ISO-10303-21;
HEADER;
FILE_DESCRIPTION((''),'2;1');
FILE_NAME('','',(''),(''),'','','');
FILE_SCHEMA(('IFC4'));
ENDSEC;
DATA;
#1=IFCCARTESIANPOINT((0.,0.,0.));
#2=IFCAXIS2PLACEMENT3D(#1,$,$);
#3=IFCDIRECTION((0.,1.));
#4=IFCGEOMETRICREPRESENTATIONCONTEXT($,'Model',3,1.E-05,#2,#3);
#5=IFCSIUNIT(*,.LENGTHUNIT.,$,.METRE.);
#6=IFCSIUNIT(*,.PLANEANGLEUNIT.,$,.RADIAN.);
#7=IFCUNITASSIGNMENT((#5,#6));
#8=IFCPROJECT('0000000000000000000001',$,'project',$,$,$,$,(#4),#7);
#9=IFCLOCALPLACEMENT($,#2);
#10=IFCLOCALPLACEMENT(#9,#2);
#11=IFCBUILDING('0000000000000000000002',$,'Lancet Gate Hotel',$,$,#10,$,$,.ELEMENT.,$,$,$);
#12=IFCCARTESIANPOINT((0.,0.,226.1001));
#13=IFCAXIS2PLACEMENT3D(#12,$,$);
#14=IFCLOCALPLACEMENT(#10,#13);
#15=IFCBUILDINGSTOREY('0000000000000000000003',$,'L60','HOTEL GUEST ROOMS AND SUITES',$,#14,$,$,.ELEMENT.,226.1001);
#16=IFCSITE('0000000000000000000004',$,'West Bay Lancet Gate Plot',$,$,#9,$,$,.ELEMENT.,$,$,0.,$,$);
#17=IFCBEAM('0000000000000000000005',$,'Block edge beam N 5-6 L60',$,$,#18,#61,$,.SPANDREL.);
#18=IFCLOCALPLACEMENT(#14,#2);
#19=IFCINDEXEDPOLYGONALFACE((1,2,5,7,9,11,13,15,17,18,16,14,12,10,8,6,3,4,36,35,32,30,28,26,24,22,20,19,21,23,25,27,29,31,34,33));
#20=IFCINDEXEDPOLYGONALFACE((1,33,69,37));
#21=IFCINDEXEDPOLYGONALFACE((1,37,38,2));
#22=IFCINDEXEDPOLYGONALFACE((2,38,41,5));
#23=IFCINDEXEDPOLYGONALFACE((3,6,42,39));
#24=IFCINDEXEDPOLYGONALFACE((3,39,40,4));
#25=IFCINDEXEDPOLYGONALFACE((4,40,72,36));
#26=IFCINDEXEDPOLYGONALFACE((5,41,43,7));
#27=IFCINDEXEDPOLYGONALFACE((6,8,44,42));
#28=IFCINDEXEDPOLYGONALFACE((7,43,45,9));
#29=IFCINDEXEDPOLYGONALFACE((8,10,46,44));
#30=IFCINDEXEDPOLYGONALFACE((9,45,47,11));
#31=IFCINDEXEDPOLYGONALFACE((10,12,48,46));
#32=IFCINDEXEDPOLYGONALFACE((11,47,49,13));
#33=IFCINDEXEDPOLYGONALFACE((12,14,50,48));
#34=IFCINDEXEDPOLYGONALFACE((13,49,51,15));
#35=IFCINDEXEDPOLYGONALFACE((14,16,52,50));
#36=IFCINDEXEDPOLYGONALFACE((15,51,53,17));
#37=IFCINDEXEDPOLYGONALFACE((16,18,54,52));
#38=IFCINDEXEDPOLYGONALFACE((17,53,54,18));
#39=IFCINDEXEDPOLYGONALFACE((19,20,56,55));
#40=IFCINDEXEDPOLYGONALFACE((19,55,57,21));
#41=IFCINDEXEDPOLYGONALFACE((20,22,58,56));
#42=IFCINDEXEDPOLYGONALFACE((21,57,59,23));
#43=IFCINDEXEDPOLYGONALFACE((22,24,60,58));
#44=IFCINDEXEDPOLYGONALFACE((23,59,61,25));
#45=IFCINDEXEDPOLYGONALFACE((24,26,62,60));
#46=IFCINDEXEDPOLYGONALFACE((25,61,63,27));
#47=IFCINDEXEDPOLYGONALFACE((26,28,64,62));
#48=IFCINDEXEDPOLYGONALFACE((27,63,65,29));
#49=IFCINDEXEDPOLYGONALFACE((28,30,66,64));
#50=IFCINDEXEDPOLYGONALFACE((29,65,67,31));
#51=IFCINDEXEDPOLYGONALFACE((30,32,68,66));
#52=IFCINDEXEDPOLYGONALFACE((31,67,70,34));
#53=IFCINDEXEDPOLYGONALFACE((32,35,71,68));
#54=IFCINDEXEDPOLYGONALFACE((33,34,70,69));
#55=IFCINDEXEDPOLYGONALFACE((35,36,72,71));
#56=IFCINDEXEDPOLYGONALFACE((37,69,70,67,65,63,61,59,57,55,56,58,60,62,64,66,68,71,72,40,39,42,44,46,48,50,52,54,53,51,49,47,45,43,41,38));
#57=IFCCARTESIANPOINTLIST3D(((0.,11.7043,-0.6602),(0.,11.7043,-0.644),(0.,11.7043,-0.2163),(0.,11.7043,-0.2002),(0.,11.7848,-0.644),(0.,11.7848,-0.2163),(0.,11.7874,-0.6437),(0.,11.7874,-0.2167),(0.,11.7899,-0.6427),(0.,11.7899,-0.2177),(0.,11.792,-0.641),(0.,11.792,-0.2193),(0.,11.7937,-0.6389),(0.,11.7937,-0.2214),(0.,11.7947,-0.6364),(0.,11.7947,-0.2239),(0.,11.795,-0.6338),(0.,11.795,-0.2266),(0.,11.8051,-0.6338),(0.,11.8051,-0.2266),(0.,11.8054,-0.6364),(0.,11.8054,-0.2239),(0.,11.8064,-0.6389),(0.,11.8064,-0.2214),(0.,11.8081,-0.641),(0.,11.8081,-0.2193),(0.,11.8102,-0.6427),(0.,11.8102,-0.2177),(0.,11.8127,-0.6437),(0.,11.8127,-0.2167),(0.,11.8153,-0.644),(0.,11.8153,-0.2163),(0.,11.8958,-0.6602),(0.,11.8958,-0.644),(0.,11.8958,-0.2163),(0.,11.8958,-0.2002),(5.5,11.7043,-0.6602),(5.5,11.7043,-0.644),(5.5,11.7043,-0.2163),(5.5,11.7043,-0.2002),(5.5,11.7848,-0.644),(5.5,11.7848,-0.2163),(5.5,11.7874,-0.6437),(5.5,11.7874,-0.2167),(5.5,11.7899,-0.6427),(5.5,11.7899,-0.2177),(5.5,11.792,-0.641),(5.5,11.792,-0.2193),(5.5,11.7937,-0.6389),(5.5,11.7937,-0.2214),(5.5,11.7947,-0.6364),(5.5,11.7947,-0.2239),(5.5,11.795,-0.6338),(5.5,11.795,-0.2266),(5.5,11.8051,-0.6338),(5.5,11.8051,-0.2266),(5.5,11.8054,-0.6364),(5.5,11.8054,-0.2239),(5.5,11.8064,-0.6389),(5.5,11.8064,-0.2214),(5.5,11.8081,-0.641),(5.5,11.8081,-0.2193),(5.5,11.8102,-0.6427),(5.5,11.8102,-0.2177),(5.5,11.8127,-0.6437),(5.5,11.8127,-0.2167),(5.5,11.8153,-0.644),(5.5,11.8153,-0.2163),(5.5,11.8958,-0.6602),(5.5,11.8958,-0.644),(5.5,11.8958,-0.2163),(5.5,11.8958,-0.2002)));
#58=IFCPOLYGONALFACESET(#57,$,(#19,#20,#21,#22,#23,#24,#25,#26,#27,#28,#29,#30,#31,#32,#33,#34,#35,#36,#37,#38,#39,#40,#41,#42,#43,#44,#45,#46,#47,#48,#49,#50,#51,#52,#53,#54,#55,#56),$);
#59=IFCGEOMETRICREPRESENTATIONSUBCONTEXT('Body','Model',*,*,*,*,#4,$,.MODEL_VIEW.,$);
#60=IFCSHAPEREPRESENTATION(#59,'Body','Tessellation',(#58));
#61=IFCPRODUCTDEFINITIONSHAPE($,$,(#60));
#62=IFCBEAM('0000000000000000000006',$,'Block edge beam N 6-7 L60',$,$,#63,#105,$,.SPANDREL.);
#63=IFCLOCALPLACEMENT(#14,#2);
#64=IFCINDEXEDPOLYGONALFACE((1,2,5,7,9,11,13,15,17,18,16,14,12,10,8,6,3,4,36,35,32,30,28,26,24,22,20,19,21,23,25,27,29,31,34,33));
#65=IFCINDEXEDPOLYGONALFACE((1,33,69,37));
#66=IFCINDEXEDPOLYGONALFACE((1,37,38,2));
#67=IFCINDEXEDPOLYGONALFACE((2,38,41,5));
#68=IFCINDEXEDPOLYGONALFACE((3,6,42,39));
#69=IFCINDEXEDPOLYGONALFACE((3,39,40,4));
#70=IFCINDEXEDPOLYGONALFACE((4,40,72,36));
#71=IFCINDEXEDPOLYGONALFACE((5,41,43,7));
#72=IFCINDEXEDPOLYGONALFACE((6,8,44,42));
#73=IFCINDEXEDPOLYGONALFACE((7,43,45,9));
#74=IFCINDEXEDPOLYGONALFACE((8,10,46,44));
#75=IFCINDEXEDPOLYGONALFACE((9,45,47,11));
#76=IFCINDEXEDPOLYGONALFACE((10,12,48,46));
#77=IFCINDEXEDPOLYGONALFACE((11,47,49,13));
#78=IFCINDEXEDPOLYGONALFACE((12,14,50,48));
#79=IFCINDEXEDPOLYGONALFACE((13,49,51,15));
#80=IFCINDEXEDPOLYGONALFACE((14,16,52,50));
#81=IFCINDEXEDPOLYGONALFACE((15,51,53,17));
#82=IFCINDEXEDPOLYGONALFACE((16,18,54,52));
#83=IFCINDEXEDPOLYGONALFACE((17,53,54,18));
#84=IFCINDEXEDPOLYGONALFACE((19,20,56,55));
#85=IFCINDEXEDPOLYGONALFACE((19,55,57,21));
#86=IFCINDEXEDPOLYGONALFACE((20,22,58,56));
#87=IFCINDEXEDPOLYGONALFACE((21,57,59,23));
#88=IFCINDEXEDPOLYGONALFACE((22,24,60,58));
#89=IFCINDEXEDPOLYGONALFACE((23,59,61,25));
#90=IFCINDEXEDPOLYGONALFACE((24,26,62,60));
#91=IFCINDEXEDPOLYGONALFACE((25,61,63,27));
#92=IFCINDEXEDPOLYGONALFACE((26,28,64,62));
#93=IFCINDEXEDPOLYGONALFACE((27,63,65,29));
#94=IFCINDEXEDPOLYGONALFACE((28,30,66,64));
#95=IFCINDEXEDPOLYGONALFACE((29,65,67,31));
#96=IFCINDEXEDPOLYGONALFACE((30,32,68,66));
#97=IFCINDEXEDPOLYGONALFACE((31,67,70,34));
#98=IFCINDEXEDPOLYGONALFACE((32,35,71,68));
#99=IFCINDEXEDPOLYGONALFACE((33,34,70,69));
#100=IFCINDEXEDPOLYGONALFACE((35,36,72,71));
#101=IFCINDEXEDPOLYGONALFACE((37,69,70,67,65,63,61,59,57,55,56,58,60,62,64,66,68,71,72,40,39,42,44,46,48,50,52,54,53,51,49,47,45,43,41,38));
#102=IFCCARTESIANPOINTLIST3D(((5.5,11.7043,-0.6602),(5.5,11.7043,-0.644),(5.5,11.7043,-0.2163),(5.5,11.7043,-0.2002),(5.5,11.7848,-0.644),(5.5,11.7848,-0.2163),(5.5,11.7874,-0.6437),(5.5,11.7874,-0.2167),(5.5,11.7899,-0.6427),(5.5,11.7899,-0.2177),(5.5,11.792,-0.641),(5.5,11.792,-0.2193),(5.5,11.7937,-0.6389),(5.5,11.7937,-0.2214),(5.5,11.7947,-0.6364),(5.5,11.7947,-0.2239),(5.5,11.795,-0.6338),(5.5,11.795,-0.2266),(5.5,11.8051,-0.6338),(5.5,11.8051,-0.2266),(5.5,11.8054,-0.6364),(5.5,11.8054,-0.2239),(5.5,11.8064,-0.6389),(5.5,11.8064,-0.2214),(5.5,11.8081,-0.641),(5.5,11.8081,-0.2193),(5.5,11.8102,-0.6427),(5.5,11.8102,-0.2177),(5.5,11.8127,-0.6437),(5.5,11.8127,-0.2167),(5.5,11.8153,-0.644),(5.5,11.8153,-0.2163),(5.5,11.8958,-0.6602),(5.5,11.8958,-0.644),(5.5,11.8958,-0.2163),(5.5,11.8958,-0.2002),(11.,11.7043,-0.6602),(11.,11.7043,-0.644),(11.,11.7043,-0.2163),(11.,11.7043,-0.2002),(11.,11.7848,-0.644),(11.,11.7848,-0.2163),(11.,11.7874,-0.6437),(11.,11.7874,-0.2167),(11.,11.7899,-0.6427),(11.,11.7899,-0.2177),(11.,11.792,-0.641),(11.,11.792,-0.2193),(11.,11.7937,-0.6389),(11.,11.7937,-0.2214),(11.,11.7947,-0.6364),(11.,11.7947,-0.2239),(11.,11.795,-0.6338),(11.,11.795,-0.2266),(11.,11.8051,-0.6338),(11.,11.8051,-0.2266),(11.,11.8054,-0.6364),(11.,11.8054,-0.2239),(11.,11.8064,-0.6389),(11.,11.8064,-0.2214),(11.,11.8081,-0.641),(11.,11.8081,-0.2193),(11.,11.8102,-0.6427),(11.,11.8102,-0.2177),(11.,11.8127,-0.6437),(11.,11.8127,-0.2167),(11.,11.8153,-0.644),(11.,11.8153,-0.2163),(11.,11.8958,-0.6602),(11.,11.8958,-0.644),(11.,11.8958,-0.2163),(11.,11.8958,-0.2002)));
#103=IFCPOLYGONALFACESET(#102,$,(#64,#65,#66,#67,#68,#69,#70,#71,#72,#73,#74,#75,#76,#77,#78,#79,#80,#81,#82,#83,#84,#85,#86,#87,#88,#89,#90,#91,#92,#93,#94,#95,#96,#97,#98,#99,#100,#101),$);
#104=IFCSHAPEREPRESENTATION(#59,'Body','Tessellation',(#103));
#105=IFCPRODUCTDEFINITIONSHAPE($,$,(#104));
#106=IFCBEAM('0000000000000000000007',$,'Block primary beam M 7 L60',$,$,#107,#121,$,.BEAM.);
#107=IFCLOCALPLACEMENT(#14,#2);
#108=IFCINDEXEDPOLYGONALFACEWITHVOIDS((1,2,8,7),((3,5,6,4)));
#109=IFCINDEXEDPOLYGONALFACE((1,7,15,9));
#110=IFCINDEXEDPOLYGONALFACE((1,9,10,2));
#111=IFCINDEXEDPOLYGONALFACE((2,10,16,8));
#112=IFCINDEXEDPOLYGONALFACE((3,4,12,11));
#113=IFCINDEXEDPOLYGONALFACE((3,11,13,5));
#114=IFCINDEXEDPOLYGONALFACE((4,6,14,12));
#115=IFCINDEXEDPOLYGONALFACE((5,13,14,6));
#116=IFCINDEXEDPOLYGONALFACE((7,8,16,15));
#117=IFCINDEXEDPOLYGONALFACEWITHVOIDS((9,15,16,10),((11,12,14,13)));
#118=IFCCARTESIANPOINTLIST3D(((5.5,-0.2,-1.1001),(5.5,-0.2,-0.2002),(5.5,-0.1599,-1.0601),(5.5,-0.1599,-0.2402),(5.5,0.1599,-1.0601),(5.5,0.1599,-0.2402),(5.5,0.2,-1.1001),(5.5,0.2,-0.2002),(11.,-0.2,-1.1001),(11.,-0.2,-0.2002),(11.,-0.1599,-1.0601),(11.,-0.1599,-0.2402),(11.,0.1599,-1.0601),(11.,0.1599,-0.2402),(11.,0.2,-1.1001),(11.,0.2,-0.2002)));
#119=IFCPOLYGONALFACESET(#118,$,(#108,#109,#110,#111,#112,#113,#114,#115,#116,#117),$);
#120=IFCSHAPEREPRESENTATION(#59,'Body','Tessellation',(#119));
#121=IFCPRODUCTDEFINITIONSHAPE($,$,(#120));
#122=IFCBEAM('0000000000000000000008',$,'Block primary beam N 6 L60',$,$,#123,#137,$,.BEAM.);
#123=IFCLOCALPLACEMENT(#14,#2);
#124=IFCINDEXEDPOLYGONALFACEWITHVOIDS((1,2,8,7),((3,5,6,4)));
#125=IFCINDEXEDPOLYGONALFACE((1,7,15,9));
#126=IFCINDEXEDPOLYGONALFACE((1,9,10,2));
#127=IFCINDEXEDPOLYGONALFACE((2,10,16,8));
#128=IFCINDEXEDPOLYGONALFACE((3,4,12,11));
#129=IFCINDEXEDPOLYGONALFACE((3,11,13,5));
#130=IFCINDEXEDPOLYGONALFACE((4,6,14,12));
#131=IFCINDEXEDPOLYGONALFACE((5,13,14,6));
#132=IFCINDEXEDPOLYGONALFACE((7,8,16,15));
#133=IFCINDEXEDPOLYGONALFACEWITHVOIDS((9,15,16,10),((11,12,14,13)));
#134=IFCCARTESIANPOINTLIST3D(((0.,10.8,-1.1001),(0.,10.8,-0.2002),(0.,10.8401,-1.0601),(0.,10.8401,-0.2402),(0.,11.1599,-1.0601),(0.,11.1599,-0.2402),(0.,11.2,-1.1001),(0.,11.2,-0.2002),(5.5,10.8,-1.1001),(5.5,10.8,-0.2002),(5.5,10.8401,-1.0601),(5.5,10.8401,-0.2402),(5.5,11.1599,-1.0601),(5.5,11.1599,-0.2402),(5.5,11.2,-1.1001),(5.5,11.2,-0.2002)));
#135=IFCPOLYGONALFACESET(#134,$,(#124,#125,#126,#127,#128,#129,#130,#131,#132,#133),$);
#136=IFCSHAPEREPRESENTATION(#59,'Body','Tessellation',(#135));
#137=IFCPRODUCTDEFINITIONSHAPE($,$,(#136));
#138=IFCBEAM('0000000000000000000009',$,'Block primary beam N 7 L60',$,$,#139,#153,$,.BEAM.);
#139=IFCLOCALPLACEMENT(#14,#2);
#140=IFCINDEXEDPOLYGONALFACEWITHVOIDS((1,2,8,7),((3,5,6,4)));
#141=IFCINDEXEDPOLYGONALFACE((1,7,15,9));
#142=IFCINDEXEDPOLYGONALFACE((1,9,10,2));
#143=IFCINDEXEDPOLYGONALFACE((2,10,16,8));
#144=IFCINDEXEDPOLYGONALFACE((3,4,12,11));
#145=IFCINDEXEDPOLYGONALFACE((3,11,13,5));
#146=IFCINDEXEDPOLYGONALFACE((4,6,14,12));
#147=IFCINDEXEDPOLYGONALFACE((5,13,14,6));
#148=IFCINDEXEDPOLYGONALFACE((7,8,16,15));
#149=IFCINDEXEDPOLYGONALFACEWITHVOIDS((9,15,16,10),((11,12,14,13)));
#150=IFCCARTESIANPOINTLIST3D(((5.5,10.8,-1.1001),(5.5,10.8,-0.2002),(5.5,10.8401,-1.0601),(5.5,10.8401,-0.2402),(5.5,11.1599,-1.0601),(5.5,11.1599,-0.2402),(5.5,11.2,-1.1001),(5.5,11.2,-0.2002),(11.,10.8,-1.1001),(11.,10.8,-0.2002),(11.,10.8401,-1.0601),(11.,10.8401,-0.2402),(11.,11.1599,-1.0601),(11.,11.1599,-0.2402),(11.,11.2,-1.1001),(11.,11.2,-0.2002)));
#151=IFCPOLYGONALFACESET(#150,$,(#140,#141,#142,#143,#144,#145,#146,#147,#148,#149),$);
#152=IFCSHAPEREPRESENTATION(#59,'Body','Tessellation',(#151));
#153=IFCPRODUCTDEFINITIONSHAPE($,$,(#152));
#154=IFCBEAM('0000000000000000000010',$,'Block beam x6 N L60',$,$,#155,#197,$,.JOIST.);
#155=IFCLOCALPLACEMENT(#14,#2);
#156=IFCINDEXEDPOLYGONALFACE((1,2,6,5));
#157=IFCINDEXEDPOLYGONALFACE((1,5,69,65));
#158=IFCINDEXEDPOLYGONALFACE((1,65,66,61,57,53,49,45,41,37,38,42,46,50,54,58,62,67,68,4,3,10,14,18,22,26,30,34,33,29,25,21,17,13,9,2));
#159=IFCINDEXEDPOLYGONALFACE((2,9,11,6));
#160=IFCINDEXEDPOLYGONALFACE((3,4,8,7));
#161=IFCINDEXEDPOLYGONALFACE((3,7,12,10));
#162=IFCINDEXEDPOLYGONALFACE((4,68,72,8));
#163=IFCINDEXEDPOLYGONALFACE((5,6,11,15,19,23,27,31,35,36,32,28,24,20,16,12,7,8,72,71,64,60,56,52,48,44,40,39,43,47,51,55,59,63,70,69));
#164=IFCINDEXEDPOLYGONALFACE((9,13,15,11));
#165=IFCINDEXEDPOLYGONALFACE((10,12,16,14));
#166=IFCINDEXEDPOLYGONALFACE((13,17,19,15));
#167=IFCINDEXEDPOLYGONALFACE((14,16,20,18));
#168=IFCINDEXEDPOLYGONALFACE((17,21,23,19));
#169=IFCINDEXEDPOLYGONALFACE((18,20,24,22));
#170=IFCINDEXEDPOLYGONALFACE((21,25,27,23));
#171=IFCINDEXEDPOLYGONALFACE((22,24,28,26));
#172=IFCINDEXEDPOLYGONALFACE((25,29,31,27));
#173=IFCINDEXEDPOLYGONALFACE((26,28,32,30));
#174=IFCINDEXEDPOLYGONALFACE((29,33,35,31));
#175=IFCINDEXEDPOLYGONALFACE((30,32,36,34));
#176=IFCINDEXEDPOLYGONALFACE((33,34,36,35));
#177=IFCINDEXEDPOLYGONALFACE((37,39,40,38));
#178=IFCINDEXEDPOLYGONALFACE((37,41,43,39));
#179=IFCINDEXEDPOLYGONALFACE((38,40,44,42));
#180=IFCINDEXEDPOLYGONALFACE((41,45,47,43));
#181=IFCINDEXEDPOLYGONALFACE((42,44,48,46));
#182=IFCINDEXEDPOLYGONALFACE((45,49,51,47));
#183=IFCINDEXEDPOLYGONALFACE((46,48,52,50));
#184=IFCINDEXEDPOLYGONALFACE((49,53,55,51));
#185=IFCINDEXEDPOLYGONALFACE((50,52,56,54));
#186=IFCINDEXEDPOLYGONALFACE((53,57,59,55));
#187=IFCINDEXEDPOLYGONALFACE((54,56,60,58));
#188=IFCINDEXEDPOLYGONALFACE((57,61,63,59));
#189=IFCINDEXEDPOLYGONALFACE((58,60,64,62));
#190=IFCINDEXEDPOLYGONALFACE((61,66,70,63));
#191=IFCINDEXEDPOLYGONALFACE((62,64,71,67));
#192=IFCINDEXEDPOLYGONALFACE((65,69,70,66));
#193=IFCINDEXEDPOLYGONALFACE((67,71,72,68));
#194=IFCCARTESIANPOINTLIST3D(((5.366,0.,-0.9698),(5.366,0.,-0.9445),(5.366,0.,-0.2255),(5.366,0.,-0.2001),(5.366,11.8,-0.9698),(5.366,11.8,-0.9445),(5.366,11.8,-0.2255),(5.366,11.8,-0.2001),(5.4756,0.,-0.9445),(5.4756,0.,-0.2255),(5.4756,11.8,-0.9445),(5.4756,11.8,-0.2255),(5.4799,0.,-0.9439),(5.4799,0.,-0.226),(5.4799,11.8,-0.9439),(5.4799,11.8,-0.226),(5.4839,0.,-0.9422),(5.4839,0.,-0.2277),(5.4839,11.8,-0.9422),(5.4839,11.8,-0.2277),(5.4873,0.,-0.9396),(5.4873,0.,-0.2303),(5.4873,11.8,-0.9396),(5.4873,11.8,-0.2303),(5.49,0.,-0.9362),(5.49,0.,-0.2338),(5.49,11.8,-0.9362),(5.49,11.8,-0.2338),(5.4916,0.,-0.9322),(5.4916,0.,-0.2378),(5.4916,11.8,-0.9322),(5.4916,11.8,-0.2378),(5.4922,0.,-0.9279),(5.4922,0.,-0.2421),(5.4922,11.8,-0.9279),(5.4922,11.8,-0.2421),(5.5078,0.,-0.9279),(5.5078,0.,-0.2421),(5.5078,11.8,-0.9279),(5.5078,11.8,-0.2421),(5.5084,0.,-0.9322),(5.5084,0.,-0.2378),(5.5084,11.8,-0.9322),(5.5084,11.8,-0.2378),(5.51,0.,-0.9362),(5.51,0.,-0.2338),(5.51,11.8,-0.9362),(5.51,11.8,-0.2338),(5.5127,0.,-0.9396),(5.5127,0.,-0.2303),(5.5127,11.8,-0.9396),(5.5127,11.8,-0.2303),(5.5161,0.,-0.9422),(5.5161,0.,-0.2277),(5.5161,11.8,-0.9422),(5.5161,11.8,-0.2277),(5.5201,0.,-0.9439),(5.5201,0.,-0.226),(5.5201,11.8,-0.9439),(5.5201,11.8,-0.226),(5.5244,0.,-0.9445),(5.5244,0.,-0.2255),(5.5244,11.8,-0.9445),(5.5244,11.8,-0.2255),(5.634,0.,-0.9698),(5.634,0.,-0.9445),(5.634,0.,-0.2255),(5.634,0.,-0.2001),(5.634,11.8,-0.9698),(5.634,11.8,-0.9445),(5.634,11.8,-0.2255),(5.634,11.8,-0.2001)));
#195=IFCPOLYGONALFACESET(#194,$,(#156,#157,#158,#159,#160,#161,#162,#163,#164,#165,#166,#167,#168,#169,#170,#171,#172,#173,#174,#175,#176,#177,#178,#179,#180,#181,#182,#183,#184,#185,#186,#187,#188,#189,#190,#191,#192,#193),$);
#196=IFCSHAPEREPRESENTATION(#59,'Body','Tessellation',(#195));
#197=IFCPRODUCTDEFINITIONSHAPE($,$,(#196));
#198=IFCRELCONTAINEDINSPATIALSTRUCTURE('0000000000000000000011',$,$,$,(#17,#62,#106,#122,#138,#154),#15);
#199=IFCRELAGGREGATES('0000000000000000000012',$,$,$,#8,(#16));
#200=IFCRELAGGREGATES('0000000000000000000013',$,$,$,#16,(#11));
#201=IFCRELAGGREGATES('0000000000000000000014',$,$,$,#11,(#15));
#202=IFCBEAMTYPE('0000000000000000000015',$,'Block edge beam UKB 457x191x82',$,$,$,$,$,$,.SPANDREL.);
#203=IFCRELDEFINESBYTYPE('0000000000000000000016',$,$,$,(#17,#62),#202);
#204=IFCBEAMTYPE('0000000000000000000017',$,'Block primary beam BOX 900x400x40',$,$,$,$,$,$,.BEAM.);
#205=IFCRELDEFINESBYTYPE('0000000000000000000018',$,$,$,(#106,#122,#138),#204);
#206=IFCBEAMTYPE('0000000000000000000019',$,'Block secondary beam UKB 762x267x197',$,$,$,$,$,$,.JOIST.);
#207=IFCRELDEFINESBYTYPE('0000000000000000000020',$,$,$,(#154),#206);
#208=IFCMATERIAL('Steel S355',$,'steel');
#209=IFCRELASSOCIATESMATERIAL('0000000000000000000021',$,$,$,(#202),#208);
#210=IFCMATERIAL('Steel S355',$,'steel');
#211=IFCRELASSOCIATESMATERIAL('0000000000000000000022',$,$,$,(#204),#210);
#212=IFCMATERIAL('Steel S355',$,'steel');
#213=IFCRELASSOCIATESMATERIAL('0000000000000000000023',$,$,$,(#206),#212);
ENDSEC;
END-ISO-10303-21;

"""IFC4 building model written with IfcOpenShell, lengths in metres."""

from ifc_helpers import new_model, si_unit, direction, frame, origin, origin_2d, place, context, subcontext, project, spatial, hollow_rectangle, i_section, extrude, material, material_profile, profile_set, type_object, element, save


model = new_model("IFC4")

# Units and contexts
model_context = context("Model", 3, precision=1e-05, world=origin(), true_north=direction((0.0, 1.0)))
body_context = subcontext(model_context, "Body", "Model", "MODEL_VIEW")
ifc_project = project(units=[si_unit("LENGTHUNIT", "METRE"), si_unit("PLANEANGLEUNIT", "RADIAN")], contexts=[model_context])

# Site, building, storey
site_placement = place(None, origin())
site = spatial("IfcSite", under=ifc_project, at=site_placement, Name="West Bay Lancet Gate Plot", CompositionType="ELEMENT", RefElevation=0.0)
building_placement = place(site_placement, origin())
building = spatial("IfcBuilding", under=site, at=building_placement, Name="Lancet Gate Hotel", CompositionType="ELEMENT")
storey_placement = place(building_placement, frame((0.0, 0.0, 226.1001)))
storey = spatial("IfcBuildingStorey", under=building, at=storey_placement, Name="L60", Description="HOTEL GUEST ROOMS AND SUITES", CompositionType="ELEMENT", Elevation=226.1001)

# Beams
ifc_material_1 = material(Name="Steel S355", Category="steel")
ifc_material_profile_1 = material_profile(ifc_material_1, i_section(OverallWidth=0.1914, OverallDepth=0.46, WebThickness=0.01, FlangeThickness=0.0161, FilletRadius=0.0103, at=origin_2d()), Name="UKB 457x191x82")
ifc_profile_set_1 = profile_set([ifc_material_profile_1], Name="Steel S355")
beam_type_1 = type_object("IfcBeamType", Name="Block edge beam UKB 457x191x82", PredefinedType="SPANDREL", material=ifc_profile_set_1)
for number, where, z_axis, x_axis, name in (
    (1, (0.0, 11.8, -0.4302), (1.0, 0.0, 0.0), (0.0, 1.0, 0.0), "Block edge beam N 5-6 L60"),
    (2, (5.5, 11.8, -0.4302), (1.0, 0.0, 0.0), (0.0, 1.0, 0.0), "Block edge beam N 6-7 L60"),
):
    element("IfcBeam", number, at=place(storey_placement, frame(where, z_axis=z_axis, x_axis=x_axis)), inside=storey, type_object=beam_type_1, Name=name, PredefinedType="SPANDREL", context=body_context, shape_type="SweptSolid", body=[
        extrude(i_section(OverallWidth=0.1914, OverallDepth=0.46, WebThickness=0.01, FlangeThickness=0.0161, FilletRadius=0.0103, at=origin_2d()), origin(), (0.0, 0.0, 1.0), 5.5),
    ])
ifc_material_2 = material(Name="Steel S355", Category="steel")
ifc_material_profile_2 = material_profile(ifc_material_2, hollow_rectangle(XDim=0.3999, YDim=0.8999, WallThickness=0.04, at=origin_2d()), Name="BOX 900x400x40")
ifc_profile_set_2 = profile_set([ifc_material_profile_2], Name="Steel S355")
beam_type_2 = type_object("IfcBeamType", Name="Block primary beam BOX 900x400x40", PredefinedType="BEAM", material=ifc_profile_set_2)
for number, where, z_axis, x_axis, name in (
    (3, (5.5, 0.0, -0.6501), (1.0, 0.0, 0.0), (0.0, 1.0, 0.0), "Block primary beam M 7 L60"),
    (4, (0.0, 11.0, -0.6501), (1.0, 0.0, 0.0), (0.0, 1.0, 0.0), "Block primary beam N 6 L60"),
    (5, (5.5, 11.0, -0.6501), (1.0, 0.0, 0.0), (0.0, 1.0, 0.0), "Block primary beam N 7 L60"),
):
    element("IfcBeam", number, at=place(storey_placement, frame(where, z_axis=z_axis, x_axis=x_axis)), inside=storey, type_object=beam_type_2, Name=name, PredefinedType="BEAM", context=body_context, shape_type="SweptSolid", body=[
        extrude(hollow_rectangle(XDim=0.3999, YDim=0.8999, WallThickness=0.04, at=origin_2d()), origin(), (0.0, 0.0, 1.0), 5.5),
    ])
ifc_material_3 = material(Name="Steel S355", Category="steel")
ifc_material_profile_3 = material_profile(ifc_material_3, i_section(OverallWidth=0.2681, OverallDepth=0.7698, WebThickness=0.0156, FlangeThickness=0.0254, FilletRadius=0.0166, at=origin_2d()), Name="UKB 762x267x197")
ifc_profile_set_3 = profile_set([ifc_material_profile_3], Name="Steel S355")
beam_type_3 = type_object("IfcBeamType", Name="Block secondary beam UKB 762x267x197", PredefinedType="JOIST", material=ifc_profile_set_3)
beam_placement = place(storey_placement, frame((5.5, 0.0, -0.585), z_axis=(0.0, 1.0, 0.0), x_axis=(-1.0, 0.0, 0.0)))
element("IfcBeam", 6, at=beam_placement, inside=storey, type_object=beam_type_3, Name="Block beam x6 N L60", PredefinedType="JOIST", context=body_context, shape_type="SweptSolid", body=[
    extrude(i_section(OverallWidth=0.2681, OverallDepth=0.7698, WebThickness=0.0156, FlangeThickness=0.0254, FilletRadius=0.0166, at=origin_2d()), origin(), (0.0, 0.0, 1.0), 11.8),
])

save(model, "model.ifc")
